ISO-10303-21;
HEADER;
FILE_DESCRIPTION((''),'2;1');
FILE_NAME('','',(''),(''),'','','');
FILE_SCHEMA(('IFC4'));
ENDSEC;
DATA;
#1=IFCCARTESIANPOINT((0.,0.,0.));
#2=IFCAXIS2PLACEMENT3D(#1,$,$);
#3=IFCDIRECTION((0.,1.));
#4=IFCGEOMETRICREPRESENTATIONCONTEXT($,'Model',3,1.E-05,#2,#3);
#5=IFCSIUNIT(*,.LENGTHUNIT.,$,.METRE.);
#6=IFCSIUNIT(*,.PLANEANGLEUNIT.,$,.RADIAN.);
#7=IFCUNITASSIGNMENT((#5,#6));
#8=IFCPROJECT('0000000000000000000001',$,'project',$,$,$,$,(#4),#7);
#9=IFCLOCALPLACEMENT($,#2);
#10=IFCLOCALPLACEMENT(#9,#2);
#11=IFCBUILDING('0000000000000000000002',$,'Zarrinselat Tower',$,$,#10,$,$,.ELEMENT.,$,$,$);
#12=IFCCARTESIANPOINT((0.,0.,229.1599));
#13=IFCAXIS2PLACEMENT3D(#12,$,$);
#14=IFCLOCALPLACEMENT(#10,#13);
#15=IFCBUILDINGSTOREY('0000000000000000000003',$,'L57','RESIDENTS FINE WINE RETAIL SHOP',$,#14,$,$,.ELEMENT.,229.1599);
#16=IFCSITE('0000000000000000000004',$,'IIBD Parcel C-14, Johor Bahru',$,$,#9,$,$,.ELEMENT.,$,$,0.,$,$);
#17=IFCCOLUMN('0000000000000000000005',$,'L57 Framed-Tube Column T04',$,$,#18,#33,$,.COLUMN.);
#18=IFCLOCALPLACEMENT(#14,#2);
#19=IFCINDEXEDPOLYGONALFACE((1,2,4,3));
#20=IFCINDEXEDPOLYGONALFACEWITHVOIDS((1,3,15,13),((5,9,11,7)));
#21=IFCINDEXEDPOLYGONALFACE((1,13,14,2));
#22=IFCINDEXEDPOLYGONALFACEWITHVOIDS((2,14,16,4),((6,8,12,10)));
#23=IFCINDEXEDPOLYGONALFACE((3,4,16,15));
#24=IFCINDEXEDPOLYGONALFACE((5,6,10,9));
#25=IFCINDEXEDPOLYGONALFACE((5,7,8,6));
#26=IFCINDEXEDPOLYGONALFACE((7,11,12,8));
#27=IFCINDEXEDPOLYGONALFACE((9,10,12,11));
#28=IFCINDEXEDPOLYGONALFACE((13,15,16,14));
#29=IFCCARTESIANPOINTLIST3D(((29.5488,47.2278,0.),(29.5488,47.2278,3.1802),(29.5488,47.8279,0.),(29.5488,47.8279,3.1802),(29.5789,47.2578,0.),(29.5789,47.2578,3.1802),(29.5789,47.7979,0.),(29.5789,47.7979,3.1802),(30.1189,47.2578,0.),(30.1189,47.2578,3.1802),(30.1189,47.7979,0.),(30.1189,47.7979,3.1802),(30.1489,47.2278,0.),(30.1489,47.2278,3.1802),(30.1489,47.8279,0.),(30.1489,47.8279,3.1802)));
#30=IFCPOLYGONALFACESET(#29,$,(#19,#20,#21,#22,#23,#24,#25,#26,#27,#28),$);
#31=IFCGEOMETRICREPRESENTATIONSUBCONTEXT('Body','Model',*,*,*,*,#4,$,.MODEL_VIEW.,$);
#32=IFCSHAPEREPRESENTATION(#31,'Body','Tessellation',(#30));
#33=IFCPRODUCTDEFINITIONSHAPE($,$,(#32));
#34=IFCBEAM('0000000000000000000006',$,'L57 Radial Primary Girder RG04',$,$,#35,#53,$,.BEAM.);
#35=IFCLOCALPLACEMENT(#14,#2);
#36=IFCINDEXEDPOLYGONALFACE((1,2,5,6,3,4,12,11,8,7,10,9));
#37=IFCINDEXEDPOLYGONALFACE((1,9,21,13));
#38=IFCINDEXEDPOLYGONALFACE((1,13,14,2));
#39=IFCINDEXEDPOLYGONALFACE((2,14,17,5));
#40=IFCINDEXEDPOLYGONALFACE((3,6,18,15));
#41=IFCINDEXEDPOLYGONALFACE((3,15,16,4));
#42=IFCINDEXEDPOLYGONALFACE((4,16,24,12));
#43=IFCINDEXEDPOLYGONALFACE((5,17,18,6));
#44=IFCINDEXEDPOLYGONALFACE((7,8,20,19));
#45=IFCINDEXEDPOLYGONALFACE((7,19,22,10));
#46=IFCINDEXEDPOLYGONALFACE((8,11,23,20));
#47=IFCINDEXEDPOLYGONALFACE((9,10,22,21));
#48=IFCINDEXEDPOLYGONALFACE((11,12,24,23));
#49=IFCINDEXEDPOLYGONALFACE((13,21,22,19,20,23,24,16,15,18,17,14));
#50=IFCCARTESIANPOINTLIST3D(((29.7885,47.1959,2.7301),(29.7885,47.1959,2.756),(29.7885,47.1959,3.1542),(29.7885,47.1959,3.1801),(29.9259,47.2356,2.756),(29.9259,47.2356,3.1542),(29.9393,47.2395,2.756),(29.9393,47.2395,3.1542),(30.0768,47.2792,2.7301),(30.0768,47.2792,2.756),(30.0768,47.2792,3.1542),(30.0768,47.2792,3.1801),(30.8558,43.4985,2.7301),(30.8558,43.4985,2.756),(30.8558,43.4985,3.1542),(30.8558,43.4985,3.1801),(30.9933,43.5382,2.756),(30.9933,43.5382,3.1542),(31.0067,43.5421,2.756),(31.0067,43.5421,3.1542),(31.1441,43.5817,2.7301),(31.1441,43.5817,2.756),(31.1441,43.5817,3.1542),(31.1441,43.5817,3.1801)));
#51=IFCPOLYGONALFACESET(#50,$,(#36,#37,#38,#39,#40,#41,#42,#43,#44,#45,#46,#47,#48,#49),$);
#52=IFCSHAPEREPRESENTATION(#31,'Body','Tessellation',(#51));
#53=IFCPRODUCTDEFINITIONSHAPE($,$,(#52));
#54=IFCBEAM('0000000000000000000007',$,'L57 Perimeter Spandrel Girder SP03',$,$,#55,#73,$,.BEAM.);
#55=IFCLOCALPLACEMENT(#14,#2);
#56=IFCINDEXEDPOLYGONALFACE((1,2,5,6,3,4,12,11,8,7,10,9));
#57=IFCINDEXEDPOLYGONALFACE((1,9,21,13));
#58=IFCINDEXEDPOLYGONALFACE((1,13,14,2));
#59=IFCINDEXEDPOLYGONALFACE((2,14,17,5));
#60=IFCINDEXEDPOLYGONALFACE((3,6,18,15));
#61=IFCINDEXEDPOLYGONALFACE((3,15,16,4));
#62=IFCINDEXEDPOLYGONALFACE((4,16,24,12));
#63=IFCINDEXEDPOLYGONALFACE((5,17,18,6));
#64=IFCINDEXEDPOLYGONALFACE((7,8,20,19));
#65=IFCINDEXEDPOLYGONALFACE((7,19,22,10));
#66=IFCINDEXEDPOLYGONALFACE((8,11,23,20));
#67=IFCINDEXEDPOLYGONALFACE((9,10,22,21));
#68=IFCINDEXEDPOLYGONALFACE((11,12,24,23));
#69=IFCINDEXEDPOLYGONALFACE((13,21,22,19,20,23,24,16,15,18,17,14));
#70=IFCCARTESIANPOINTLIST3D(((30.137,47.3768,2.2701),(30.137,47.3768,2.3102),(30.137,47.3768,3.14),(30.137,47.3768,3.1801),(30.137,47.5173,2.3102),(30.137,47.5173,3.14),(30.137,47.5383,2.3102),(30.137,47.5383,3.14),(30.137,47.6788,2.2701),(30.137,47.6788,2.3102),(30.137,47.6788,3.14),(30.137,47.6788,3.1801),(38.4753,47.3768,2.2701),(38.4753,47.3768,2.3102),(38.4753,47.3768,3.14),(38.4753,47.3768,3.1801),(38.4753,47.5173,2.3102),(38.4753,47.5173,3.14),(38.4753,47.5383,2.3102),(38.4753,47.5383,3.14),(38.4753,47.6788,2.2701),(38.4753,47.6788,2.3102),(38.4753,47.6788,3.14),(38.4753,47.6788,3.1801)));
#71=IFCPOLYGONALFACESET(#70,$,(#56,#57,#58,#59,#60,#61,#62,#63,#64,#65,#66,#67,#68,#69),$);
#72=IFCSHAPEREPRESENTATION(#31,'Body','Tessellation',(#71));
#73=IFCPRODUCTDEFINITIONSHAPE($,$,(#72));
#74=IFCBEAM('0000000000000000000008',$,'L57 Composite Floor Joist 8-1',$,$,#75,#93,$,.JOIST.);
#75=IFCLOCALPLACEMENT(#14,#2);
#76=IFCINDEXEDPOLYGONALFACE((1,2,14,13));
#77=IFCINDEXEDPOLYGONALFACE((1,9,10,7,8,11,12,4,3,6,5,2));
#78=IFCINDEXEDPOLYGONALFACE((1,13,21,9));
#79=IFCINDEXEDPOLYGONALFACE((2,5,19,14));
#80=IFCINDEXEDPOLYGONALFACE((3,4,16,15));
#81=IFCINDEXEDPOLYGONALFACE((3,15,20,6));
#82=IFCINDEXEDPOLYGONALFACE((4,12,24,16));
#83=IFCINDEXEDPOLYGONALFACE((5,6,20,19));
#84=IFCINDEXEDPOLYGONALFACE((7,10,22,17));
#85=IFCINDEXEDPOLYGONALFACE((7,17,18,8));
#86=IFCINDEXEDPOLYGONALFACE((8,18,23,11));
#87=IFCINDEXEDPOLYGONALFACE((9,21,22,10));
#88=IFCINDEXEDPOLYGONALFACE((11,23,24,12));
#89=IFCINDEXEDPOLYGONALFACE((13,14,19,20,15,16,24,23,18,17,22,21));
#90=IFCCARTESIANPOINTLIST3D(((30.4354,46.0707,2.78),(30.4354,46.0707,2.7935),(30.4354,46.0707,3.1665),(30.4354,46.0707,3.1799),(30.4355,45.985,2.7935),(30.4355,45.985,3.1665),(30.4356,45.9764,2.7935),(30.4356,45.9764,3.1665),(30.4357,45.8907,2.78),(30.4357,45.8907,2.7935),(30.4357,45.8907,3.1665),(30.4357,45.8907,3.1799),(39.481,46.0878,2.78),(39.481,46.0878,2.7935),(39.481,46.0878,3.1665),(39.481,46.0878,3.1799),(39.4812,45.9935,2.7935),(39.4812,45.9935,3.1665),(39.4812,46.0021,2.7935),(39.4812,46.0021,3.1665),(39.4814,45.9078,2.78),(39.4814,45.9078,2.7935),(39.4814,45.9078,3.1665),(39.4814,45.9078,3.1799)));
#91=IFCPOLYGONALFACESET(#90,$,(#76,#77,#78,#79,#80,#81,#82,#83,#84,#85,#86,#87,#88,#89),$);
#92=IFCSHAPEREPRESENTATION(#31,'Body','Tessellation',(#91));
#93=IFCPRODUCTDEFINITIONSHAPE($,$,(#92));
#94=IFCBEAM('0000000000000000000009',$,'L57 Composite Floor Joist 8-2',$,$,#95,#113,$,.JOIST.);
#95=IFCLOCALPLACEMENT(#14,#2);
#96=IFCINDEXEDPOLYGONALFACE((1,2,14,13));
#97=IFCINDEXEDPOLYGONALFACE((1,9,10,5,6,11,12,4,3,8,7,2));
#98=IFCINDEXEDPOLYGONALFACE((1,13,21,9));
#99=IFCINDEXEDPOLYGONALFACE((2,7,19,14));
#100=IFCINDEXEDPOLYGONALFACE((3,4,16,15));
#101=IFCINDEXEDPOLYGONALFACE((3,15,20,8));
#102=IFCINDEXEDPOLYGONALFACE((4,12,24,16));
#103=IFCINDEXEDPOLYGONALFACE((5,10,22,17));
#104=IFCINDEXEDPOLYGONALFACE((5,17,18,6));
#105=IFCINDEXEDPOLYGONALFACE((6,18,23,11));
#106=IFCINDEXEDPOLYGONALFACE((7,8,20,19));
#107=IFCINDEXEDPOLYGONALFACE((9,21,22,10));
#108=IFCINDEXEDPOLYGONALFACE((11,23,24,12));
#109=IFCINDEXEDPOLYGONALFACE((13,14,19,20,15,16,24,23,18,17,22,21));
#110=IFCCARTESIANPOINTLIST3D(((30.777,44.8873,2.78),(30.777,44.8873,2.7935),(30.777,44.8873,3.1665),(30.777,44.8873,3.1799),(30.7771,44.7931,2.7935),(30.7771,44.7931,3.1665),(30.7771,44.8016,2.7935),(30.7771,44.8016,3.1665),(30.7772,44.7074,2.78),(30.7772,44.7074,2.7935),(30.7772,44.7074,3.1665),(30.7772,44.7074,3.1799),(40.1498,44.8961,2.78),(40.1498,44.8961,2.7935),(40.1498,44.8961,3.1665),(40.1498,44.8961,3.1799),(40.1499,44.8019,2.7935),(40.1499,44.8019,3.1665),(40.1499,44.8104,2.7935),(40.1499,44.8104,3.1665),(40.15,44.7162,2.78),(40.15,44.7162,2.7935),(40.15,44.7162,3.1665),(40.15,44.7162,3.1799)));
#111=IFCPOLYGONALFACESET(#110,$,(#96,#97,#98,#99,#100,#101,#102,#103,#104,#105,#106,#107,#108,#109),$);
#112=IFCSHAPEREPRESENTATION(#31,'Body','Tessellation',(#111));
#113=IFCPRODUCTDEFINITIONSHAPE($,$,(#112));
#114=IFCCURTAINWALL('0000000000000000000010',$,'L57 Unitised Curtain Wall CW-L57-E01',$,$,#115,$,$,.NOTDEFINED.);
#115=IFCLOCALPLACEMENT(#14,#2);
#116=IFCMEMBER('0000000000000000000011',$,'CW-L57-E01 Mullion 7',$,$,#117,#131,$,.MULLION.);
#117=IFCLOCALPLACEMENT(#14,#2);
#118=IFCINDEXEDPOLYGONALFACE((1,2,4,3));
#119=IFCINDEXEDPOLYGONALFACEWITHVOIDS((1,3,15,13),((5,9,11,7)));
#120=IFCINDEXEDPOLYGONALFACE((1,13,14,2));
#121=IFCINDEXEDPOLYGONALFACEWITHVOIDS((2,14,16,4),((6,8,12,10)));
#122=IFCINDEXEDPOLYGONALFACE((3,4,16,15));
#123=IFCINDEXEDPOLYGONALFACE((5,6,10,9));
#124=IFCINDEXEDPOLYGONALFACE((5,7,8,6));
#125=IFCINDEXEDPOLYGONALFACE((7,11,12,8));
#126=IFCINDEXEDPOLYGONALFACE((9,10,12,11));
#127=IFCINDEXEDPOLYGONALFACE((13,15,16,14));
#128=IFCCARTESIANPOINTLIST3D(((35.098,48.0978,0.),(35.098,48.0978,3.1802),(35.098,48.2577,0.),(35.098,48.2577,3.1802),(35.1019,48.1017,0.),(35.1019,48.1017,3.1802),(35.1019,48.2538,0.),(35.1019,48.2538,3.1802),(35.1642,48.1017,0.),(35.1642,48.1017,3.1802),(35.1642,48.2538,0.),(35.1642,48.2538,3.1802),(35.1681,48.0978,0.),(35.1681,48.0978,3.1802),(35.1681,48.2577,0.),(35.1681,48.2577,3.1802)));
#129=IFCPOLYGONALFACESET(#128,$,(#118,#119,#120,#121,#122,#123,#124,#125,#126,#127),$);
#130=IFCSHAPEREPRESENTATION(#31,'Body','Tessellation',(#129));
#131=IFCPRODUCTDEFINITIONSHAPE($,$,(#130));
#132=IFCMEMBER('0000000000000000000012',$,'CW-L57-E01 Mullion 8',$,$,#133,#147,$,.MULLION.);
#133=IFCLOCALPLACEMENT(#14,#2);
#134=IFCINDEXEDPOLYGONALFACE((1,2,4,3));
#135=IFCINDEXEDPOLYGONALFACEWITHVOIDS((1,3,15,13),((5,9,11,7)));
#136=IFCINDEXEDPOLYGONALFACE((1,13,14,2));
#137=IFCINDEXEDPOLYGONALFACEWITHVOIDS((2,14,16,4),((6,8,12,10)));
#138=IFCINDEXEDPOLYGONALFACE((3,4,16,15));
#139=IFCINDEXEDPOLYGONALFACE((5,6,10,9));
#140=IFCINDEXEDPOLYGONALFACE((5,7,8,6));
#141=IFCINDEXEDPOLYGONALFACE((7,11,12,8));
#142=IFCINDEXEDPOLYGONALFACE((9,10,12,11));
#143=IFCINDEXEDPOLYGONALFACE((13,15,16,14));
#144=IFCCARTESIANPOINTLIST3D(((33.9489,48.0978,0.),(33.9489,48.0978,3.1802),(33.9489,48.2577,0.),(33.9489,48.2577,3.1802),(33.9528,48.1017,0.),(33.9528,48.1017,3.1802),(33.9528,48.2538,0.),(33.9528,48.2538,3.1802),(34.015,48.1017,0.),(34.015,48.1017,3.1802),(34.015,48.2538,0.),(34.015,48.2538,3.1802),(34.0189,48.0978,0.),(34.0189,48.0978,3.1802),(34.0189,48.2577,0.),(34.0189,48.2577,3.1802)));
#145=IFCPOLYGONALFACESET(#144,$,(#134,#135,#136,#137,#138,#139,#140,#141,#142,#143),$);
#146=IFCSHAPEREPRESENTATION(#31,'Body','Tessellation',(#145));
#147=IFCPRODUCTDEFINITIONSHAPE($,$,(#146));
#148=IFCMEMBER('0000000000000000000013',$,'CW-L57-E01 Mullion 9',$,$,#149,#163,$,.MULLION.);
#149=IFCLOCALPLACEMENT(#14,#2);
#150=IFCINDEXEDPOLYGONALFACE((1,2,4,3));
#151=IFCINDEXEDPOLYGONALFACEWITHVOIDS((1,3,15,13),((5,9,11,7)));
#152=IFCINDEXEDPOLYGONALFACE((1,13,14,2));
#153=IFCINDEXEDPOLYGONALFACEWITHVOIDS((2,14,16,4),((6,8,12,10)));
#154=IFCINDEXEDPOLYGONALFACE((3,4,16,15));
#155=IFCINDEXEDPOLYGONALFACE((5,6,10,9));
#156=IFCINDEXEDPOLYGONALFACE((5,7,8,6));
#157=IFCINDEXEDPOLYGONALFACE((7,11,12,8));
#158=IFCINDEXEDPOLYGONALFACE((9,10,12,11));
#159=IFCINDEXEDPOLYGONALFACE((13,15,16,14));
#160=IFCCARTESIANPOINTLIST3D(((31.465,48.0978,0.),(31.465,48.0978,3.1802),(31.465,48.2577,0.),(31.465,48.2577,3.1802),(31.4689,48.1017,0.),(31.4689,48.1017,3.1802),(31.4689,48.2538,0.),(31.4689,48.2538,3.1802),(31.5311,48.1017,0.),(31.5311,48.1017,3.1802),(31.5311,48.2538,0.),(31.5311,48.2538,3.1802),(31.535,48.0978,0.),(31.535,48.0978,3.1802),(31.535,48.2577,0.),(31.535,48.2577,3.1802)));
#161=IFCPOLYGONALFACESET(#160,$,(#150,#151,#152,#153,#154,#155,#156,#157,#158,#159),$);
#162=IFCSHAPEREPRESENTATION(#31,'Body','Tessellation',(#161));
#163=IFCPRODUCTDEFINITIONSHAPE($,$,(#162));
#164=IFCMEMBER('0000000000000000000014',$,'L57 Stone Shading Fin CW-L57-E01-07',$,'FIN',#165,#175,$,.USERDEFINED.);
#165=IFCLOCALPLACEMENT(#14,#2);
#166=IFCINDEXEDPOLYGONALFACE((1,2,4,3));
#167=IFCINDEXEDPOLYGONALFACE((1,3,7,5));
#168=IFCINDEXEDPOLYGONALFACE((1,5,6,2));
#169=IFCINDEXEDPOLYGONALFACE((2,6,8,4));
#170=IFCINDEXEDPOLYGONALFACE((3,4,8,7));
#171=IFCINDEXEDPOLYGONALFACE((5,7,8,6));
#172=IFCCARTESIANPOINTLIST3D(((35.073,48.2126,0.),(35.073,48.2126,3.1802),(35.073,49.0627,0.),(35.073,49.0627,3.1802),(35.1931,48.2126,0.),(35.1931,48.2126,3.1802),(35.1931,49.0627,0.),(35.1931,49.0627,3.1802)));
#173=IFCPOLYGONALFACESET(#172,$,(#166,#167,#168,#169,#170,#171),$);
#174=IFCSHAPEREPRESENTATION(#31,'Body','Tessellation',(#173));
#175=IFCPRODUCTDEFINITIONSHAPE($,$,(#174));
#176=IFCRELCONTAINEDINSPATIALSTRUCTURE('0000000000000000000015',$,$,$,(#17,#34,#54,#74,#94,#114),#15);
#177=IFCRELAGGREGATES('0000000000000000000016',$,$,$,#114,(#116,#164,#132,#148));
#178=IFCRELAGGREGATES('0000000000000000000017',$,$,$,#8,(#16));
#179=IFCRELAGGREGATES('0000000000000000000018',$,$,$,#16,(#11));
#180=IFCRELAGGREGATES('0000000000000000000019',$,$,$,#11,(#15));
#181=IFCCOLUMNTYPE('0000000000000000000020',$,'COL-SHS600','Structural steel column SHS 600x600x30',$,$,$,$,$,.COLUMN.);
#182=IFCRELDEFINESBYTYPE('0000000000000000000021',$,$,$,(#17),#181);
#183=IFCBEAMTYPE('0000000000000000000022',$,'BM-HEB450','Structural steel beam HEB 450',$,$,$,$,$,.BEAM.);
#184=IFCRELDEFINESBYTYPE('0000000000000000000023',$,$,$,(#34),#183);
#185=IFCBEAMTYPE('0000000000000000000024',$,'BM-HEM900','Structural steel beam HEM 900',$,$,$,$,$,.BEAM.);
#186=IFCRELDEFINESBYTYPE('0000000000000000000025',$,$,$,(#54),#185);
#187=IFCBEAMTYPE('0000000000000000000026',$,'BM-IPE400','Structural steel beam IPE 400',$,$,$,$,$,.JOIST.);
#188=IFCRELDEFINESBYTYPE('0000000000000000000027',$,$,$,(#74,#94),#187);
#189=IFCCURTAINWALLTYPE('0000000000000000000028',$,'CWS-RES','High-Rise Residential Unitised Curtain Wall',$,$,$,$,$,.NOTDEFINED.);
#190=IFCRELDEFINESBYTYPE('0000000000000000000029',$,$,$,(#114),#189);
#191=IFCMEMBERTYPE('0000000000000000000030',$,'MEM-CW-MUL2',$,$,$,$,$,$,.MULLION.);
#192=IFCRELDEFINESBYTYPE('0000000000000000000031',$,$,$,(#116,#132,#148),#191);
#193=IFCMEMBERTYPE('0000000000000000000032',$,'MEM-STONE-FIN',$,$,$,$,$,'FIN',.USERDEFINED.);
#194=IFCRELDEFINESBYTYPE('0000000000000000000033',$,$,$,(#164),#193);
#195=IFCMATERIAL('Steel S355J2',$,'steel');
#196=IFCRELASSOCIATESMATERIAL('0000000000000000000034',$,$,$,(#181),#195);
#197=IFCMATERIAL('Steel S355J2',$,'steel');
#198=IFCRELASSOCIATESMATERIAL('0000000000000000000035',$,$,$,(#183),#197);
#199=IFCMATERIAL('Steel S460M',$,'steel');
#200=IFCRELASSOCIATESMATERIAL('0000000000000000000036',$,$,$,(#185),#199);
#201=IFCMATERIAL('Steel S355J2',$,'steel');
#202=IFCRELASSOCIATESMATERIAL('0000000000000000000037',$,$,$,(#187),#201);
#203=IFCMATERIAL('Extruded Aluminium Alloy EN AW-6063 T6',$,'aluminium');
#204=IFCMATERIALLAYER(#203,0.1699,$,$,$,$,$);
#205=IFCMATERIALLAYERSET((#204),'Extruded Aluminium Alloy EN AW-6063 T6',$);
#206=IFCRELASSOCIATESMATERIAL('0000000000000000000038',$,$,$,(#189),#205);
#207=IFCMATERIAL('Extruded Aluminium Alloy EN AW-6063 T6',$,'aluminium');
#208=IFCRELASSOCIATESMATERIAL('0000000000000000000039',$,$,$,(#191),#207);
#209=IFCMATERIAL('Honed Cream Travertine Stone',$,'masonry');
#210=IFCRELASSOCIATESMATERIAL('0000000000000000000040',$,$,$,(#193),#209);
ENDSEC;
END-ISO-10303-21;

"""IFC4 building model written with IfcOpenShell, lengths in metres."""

from ifc_helpers import new_model, si_unit, direction, frame, origin, origin_2d, place, context, subcontext, project, spatial, rectangle, hollow_rectangle, i_section, extrude, material, layer, layer_set, material_profile, profile_set, type_object, element, aggregate, save


model = new_model("IFC4")

# Units and contexts
model_context = context("Model", 3, precision=1e-05, world=origin(), true_north=direction((0.0, 1.0)))
body_context = subcontext(model_context, "Body", "Model", "MODEL_VIEW")
ifc_project = project(units=[si_unit("LENGTHUNIT", "METRE"), si_unit("PLANEANGLEUNIT", "RADIAN")], contexts=[model_context])

# Site, building, storey
site_placement = place(None, origin())
site = spatial("IfcSite", under=ifc_project, at=site_placement, Name="IIBD Parcel C-14, Johor Bahru", CompositionType="ELEMENT", RefElevation=0.0)
building_placement = place(site_placement, origin())
building = spatial("IfcBuilding", under=site, at=building_placement, Name="Zarrinselat Tower", CompositionType="ELEMENT")
storey_placement = place(building_placement, frame((0.0, 0.0, 229.1599)))
storey = spatial("IfcBuildingStorey", under=building, at=storey_placement, Name="L57", Description="RESIDENTS FINE WINE RETAIL SHOP", CompositionType="ELEMENT", Elevation=229.1599)

# Column
ifc_material_1 = material(Name="Steel S355J2", Category="steel")
ifc_material_profile_1 = material_profile(ifc_material_1, hollow_rectangle(XDim=0.6001, YDim=0.6001, WallThickness=0.03, at=origin_2d()), Name="SHS 600x600x30")
ifc_profile_set_1 = profile_set([ifc_material_profile_1], Name="Steel S355J2")
column_type = type_object("IfcColumnType", Name="COL-SHS600", Description="Structural steel column SHS 600x600x30", PredefinedType="COLUMN", material=ifc_profile_set_1)
column_placement = place(storey_placement, frame((29.8489, 47.5278, 0.0), z_axis=(0.0, 0.0, 1.0), x_axis=(1.0, 0.0, 0.0)))
element("IfcColumn", 1, at=column_placement, inside=storey, type_object=column_type, Name="L57 Framed-Tube Column T04", PredefinedType="COLUMN", context=body_context, shape_type="SweptSolid", body=[
    extrude(hollow_rectangle(XDim=0.6001, YDim=0.6001, WallThickness=0.03, at=origin_2d()), origin(), (0.0, 0.0, 1.0), 3.1802),
])

# Beams
ifc_material_2 = material(Name="Steel S355J2", Category="steel")
ifc_material_profile_2 = material_profile(ifc_material_2, i_section(OverallWidth=0.3, OverallDepth=0.45, WebThickness=0.0139, FlangeThickness=0.0259, at=origin_2d()), Name="HEB 450")
ifc_profile_set_2 = profile_set([ifc_material_profile_2], Name="Steel S355J2")
beam_type_1 = type_object("IfcBeamType", Name="BM-HEB450", Description="Structural steel beam HEB 450", PredefinedType="BEAM", material=ifc_profile_set_2)
beam_1_placement = place(storey_placement, frame((29.9326, 47.2375, 2.9551), z_axis=(0.277351, -0.960769, 0.0), x_axis=(0.960769, 0.277351, 0.0)))
element("IfcBeam", 2, at=beam_1_placement, inside=storey, type_object=beam_type_1, Name="L57 Radial Primary Girder RG04", PredefinedType="BEAM", context=body_context, shape_type="SweptSolid", body=[
    extrude(i_section(OverallWidth=0.3, OverallDepth=0.45, WebThickness=0.0139, FlangeThickness=0.0259, at=origin_2d()), origin(), (0.0, 0.0, 1.0), 3.8484),
])
ifc_material_3 = material(Name="Steel S460M", Category="steel")
ifc_material_profile_3 = material_profile(ifc_material_3, i_section(OverallWidth=0.302, OverallDepth=0.9099, WebThickness=0.021, FlangeThickness=0.04, at=origin_2d()), Name="HEM 900")
ifc_profile_set_3 = profile_set([ifc_material_profile_3], Name="Steel S460M")
beam_type_2 = type_object("IfcBeamType", Name="BM-HEM900", Description="Structural steel beam HEM 900", PredefinedType="BEAM", material=ifc_profile_set_3)
beam_2_placement = place(storey_placement, frame((30.137, 47.5278, 2.7251), z_axis=(1.0, 0.0, 0.0), x_axis=(0.0, 1.0, 0.0)))
element("IfcBeam", 3, at=beam_2_placement, inside=storey, type_object=beam_type_2, Name="L57 Perimeter Spandrel Girder SP03", PredefinedType="BEAM", context=body_context, shape_type="SweptSolid", body=[
    extrude(i_section(OverallWidth=0.302, OverallDepth=0.9099, WebThickness=0.021, FlangeThickness=0.04, at=origin_2d()), origin(), (0.0, 0.0, 1.0), 8.3384),
])
ifc_material_4 = material(Name="Steel S355J2", Category="steel")
ifc_material_profile_4 = material_profile(ifc_material_4, i_section(OverallWidth=0.1799, OverallDepth=0.3999, WebThickness=0.0085, FlangeThickness=0.0134, at=origin_2d()), Name="IPE 400")
ifc_profile_set_4 = profile_set([ifc_material_profile_4], Name="Steel S355J2")
beam_type_3 = type_object("IfcBeamType", Name="BM-IPE400", Description="Structural steel beam IPE 400", PredefinedType="JOIST", material=ifc_profile_set_4)
beam_3_placement = place(storey_placement, frame((30.4355, 45.9807, 2.98), z_axis=(0.999998, 0.001889, 0.0), x_axis=(-0.001889, 0.999998, 0.0)))
element("IfcBeam", 4, at=beam_3_placement, inside=storey, type_object=beam_type_3, Name="L57 Composite Floor Joist 8-1", PredefinedType="JOIST", context=body_context, shape_type="SweptSolid", body=[
    extrude(i_section(OverallWidth=0.1799, OverallDepth=0.3999, WebThickness=0.0085, FlangeThickness=0.0134, at=origin_2d()), origin(), (0.0, 0.0, 1.0), 9.0457),
])
beam_4_placement = place(storey_placement, frame((30.7771, 44.7974, 2.98), z_axis=(1.0, 0.000938, 0.0), x_axis=(-0.000938, 1.0, 0.0)))
element("IfcBeam", 5, at=beam_4_placement, inside=storey, type_object=beam_type_3, Name="L57 Composite Floor Joist 8-2", PredefinedType="JOIST", context=body_context, shape_type="SweptSolid", body=[
    extrude(i_section(OverallWidth=0.1799, OverallDepth=0.3999, WebThickness=0.0085, FlangeThickness=0.0134, at=origin_2d()), origin(), (0.0, 0.0, 1.0), 9.3728),
])

# Curtain wall, members
ifc_material_5 = material(Name="Extruded Aluminium Alloy EN AW-6063 T6", Category="aluminium")
ifc_layer_1 = layer(ifc_material_5, 0.1699)
ifc_layer_set_1 = layer_set([ifc_layer_1], Name="Extruded Aluminium Alloy EN AW-6063 T6")
curtain_wall_type = type_object("IfcCurtainWallType", Name="CWS-RES", Description="High-Rise Residential Unitised Curtain Wall", PredefinedType="NOTDEFINED", material=ifc_layer_set_1)
curtain_wall_placement = place(storey_placement, origin())
curtain_wall = element("IfcCurtainWall", 6, at=curtain_wall_placement, inside=storey, type_object=curtain_wall_type, Name="L57 Unitised Curtain Wall CW-L57-E01", PredefinedType="NOTDEFINED")
ifc_material_6 = material(Name="Extruded Aluminium Alloy EN AW-6063 T6", Category="aluminium")
ifc_material_profile_5 = material_profile(ifc_material_6, hollow_rectangle(XDim=0.0701, YDim=0.1599, WallThickness=0.0039, at=origin_2d()), Name="RHS 160x70x4")
ifc_profile_set_5 = profile_set([ifc_material_profile_5], Name="Extruded Aluminium Alloy EN AW-6063 T6")
member_type_1 = type_object("IfcMemberType", Name="MEM-CW-MUL2", PredefinedType="MULLION", material=ifc_profile_set_5)
member_1_placement = place(storey_placement, frame((35.1331, 48.1777, 0.0), z_axis=(0.0, 0.0, 1.0), x_axis=(-1.0, 0.0, 0.0)))
member_1 = element("IfcMember", 7, at=member_1_placement, type_object=member_type_1, Name="CW-L57-E01 Mullion 7", PredefinedType="MULLION", context=body_context, shape_type="SweptSolid", body=[
    extrude(hollow_rectangle(XDim=0.0701, YDim=0.1599, WallThickness=0.0039, at=origin_2d()), origin(), (0.0, 0.0, 1.0), 3.1802),
])
member_2_placement = place(storey_placement, frame((33.9839, 48.1777, 0.0), z_axis=(0.0, 0.0, 1.0), x_axis=(-1.0, 0.0, 0.0)))
member_2 = element("IfcMember", 8, at=member_2_placement, type_object=member_type_1, Name="CW-L57-E01 Mullion 8", PredefinedType="MULLION", context=body_context, shape_type="SweptSolid", body=[
    extrude(hollow_rectangle(XDim=0.0701, YDim=0.1599, WallThickness=0.0039, at=origin_2d()), origin(), (0.0, 0.0, 1.0), 3.1802),
])
member_3_placement = place(storey_placement, frame((31.5, 48.1777, 0.0), z_axis=(0.0, 0.0, 1.0), x_axis=(-1.0, 0.0, 0.0)))
member_3 = element("IfcMember", 9, at=member_3_placement, type_object=member_type_1, Name="CW-L57-E01 Mullion 9", PredefinedType="MULLION", context=body_context, shape_type="SweptSolid", body=[
    extrude(hollow_rectangle(XDim=0.0701, YDim=0.1599, WallThickness=0.0039, at=origin_2d()), origin(), (0.0, 0.0, 1.0), 3.1802),
])
ifc_material_7 = material(Name="Honed Cream Travertine Stone", Category="masonry")
ifc_material_profile_6 = material_profile(ifc_material_7, rectangle(XDim=0.1201, YDim=0.8501, at=origin_2d()), Name="FIN 850x120")
ifc_profile_set_6 = profile_set([ifc_material_profile_6], Name="Honed Cream Travertine Stone")
member_type_2 = type_object("IfcMemberType", Name="MEM-STONE-FIN", ElementType="FIN", PredefinedType="USERDEFINED", material=ifc_profile_set_6)
member_4_placement = place(storey_placement, frame((35.1331, 48.6377, 0.0), z_axis=(0.0, 0.0, 1.0), x_axis=(1.0, 0.0, 0.0)))
member_4 = element("IfcMember", 10, at=member_4_placement, type_object=member_type_2, Name="L57 Stone Shading Fin CW-L57-E01-07", ObjectType="FIN", PredefinedType="USERDEFINED", context=body_context, shape_type="SweptSolid", body=[
    extrude(rectangle(XDim=0.1201, YDim=0.8501, at=origin_2d()), origin(), (0.0, 0.0, 1.0), 3.1802),
])
aggregate(curtain_wall, [member_1, member_4, member_2, member_3])

save(model, "model.ifc")
